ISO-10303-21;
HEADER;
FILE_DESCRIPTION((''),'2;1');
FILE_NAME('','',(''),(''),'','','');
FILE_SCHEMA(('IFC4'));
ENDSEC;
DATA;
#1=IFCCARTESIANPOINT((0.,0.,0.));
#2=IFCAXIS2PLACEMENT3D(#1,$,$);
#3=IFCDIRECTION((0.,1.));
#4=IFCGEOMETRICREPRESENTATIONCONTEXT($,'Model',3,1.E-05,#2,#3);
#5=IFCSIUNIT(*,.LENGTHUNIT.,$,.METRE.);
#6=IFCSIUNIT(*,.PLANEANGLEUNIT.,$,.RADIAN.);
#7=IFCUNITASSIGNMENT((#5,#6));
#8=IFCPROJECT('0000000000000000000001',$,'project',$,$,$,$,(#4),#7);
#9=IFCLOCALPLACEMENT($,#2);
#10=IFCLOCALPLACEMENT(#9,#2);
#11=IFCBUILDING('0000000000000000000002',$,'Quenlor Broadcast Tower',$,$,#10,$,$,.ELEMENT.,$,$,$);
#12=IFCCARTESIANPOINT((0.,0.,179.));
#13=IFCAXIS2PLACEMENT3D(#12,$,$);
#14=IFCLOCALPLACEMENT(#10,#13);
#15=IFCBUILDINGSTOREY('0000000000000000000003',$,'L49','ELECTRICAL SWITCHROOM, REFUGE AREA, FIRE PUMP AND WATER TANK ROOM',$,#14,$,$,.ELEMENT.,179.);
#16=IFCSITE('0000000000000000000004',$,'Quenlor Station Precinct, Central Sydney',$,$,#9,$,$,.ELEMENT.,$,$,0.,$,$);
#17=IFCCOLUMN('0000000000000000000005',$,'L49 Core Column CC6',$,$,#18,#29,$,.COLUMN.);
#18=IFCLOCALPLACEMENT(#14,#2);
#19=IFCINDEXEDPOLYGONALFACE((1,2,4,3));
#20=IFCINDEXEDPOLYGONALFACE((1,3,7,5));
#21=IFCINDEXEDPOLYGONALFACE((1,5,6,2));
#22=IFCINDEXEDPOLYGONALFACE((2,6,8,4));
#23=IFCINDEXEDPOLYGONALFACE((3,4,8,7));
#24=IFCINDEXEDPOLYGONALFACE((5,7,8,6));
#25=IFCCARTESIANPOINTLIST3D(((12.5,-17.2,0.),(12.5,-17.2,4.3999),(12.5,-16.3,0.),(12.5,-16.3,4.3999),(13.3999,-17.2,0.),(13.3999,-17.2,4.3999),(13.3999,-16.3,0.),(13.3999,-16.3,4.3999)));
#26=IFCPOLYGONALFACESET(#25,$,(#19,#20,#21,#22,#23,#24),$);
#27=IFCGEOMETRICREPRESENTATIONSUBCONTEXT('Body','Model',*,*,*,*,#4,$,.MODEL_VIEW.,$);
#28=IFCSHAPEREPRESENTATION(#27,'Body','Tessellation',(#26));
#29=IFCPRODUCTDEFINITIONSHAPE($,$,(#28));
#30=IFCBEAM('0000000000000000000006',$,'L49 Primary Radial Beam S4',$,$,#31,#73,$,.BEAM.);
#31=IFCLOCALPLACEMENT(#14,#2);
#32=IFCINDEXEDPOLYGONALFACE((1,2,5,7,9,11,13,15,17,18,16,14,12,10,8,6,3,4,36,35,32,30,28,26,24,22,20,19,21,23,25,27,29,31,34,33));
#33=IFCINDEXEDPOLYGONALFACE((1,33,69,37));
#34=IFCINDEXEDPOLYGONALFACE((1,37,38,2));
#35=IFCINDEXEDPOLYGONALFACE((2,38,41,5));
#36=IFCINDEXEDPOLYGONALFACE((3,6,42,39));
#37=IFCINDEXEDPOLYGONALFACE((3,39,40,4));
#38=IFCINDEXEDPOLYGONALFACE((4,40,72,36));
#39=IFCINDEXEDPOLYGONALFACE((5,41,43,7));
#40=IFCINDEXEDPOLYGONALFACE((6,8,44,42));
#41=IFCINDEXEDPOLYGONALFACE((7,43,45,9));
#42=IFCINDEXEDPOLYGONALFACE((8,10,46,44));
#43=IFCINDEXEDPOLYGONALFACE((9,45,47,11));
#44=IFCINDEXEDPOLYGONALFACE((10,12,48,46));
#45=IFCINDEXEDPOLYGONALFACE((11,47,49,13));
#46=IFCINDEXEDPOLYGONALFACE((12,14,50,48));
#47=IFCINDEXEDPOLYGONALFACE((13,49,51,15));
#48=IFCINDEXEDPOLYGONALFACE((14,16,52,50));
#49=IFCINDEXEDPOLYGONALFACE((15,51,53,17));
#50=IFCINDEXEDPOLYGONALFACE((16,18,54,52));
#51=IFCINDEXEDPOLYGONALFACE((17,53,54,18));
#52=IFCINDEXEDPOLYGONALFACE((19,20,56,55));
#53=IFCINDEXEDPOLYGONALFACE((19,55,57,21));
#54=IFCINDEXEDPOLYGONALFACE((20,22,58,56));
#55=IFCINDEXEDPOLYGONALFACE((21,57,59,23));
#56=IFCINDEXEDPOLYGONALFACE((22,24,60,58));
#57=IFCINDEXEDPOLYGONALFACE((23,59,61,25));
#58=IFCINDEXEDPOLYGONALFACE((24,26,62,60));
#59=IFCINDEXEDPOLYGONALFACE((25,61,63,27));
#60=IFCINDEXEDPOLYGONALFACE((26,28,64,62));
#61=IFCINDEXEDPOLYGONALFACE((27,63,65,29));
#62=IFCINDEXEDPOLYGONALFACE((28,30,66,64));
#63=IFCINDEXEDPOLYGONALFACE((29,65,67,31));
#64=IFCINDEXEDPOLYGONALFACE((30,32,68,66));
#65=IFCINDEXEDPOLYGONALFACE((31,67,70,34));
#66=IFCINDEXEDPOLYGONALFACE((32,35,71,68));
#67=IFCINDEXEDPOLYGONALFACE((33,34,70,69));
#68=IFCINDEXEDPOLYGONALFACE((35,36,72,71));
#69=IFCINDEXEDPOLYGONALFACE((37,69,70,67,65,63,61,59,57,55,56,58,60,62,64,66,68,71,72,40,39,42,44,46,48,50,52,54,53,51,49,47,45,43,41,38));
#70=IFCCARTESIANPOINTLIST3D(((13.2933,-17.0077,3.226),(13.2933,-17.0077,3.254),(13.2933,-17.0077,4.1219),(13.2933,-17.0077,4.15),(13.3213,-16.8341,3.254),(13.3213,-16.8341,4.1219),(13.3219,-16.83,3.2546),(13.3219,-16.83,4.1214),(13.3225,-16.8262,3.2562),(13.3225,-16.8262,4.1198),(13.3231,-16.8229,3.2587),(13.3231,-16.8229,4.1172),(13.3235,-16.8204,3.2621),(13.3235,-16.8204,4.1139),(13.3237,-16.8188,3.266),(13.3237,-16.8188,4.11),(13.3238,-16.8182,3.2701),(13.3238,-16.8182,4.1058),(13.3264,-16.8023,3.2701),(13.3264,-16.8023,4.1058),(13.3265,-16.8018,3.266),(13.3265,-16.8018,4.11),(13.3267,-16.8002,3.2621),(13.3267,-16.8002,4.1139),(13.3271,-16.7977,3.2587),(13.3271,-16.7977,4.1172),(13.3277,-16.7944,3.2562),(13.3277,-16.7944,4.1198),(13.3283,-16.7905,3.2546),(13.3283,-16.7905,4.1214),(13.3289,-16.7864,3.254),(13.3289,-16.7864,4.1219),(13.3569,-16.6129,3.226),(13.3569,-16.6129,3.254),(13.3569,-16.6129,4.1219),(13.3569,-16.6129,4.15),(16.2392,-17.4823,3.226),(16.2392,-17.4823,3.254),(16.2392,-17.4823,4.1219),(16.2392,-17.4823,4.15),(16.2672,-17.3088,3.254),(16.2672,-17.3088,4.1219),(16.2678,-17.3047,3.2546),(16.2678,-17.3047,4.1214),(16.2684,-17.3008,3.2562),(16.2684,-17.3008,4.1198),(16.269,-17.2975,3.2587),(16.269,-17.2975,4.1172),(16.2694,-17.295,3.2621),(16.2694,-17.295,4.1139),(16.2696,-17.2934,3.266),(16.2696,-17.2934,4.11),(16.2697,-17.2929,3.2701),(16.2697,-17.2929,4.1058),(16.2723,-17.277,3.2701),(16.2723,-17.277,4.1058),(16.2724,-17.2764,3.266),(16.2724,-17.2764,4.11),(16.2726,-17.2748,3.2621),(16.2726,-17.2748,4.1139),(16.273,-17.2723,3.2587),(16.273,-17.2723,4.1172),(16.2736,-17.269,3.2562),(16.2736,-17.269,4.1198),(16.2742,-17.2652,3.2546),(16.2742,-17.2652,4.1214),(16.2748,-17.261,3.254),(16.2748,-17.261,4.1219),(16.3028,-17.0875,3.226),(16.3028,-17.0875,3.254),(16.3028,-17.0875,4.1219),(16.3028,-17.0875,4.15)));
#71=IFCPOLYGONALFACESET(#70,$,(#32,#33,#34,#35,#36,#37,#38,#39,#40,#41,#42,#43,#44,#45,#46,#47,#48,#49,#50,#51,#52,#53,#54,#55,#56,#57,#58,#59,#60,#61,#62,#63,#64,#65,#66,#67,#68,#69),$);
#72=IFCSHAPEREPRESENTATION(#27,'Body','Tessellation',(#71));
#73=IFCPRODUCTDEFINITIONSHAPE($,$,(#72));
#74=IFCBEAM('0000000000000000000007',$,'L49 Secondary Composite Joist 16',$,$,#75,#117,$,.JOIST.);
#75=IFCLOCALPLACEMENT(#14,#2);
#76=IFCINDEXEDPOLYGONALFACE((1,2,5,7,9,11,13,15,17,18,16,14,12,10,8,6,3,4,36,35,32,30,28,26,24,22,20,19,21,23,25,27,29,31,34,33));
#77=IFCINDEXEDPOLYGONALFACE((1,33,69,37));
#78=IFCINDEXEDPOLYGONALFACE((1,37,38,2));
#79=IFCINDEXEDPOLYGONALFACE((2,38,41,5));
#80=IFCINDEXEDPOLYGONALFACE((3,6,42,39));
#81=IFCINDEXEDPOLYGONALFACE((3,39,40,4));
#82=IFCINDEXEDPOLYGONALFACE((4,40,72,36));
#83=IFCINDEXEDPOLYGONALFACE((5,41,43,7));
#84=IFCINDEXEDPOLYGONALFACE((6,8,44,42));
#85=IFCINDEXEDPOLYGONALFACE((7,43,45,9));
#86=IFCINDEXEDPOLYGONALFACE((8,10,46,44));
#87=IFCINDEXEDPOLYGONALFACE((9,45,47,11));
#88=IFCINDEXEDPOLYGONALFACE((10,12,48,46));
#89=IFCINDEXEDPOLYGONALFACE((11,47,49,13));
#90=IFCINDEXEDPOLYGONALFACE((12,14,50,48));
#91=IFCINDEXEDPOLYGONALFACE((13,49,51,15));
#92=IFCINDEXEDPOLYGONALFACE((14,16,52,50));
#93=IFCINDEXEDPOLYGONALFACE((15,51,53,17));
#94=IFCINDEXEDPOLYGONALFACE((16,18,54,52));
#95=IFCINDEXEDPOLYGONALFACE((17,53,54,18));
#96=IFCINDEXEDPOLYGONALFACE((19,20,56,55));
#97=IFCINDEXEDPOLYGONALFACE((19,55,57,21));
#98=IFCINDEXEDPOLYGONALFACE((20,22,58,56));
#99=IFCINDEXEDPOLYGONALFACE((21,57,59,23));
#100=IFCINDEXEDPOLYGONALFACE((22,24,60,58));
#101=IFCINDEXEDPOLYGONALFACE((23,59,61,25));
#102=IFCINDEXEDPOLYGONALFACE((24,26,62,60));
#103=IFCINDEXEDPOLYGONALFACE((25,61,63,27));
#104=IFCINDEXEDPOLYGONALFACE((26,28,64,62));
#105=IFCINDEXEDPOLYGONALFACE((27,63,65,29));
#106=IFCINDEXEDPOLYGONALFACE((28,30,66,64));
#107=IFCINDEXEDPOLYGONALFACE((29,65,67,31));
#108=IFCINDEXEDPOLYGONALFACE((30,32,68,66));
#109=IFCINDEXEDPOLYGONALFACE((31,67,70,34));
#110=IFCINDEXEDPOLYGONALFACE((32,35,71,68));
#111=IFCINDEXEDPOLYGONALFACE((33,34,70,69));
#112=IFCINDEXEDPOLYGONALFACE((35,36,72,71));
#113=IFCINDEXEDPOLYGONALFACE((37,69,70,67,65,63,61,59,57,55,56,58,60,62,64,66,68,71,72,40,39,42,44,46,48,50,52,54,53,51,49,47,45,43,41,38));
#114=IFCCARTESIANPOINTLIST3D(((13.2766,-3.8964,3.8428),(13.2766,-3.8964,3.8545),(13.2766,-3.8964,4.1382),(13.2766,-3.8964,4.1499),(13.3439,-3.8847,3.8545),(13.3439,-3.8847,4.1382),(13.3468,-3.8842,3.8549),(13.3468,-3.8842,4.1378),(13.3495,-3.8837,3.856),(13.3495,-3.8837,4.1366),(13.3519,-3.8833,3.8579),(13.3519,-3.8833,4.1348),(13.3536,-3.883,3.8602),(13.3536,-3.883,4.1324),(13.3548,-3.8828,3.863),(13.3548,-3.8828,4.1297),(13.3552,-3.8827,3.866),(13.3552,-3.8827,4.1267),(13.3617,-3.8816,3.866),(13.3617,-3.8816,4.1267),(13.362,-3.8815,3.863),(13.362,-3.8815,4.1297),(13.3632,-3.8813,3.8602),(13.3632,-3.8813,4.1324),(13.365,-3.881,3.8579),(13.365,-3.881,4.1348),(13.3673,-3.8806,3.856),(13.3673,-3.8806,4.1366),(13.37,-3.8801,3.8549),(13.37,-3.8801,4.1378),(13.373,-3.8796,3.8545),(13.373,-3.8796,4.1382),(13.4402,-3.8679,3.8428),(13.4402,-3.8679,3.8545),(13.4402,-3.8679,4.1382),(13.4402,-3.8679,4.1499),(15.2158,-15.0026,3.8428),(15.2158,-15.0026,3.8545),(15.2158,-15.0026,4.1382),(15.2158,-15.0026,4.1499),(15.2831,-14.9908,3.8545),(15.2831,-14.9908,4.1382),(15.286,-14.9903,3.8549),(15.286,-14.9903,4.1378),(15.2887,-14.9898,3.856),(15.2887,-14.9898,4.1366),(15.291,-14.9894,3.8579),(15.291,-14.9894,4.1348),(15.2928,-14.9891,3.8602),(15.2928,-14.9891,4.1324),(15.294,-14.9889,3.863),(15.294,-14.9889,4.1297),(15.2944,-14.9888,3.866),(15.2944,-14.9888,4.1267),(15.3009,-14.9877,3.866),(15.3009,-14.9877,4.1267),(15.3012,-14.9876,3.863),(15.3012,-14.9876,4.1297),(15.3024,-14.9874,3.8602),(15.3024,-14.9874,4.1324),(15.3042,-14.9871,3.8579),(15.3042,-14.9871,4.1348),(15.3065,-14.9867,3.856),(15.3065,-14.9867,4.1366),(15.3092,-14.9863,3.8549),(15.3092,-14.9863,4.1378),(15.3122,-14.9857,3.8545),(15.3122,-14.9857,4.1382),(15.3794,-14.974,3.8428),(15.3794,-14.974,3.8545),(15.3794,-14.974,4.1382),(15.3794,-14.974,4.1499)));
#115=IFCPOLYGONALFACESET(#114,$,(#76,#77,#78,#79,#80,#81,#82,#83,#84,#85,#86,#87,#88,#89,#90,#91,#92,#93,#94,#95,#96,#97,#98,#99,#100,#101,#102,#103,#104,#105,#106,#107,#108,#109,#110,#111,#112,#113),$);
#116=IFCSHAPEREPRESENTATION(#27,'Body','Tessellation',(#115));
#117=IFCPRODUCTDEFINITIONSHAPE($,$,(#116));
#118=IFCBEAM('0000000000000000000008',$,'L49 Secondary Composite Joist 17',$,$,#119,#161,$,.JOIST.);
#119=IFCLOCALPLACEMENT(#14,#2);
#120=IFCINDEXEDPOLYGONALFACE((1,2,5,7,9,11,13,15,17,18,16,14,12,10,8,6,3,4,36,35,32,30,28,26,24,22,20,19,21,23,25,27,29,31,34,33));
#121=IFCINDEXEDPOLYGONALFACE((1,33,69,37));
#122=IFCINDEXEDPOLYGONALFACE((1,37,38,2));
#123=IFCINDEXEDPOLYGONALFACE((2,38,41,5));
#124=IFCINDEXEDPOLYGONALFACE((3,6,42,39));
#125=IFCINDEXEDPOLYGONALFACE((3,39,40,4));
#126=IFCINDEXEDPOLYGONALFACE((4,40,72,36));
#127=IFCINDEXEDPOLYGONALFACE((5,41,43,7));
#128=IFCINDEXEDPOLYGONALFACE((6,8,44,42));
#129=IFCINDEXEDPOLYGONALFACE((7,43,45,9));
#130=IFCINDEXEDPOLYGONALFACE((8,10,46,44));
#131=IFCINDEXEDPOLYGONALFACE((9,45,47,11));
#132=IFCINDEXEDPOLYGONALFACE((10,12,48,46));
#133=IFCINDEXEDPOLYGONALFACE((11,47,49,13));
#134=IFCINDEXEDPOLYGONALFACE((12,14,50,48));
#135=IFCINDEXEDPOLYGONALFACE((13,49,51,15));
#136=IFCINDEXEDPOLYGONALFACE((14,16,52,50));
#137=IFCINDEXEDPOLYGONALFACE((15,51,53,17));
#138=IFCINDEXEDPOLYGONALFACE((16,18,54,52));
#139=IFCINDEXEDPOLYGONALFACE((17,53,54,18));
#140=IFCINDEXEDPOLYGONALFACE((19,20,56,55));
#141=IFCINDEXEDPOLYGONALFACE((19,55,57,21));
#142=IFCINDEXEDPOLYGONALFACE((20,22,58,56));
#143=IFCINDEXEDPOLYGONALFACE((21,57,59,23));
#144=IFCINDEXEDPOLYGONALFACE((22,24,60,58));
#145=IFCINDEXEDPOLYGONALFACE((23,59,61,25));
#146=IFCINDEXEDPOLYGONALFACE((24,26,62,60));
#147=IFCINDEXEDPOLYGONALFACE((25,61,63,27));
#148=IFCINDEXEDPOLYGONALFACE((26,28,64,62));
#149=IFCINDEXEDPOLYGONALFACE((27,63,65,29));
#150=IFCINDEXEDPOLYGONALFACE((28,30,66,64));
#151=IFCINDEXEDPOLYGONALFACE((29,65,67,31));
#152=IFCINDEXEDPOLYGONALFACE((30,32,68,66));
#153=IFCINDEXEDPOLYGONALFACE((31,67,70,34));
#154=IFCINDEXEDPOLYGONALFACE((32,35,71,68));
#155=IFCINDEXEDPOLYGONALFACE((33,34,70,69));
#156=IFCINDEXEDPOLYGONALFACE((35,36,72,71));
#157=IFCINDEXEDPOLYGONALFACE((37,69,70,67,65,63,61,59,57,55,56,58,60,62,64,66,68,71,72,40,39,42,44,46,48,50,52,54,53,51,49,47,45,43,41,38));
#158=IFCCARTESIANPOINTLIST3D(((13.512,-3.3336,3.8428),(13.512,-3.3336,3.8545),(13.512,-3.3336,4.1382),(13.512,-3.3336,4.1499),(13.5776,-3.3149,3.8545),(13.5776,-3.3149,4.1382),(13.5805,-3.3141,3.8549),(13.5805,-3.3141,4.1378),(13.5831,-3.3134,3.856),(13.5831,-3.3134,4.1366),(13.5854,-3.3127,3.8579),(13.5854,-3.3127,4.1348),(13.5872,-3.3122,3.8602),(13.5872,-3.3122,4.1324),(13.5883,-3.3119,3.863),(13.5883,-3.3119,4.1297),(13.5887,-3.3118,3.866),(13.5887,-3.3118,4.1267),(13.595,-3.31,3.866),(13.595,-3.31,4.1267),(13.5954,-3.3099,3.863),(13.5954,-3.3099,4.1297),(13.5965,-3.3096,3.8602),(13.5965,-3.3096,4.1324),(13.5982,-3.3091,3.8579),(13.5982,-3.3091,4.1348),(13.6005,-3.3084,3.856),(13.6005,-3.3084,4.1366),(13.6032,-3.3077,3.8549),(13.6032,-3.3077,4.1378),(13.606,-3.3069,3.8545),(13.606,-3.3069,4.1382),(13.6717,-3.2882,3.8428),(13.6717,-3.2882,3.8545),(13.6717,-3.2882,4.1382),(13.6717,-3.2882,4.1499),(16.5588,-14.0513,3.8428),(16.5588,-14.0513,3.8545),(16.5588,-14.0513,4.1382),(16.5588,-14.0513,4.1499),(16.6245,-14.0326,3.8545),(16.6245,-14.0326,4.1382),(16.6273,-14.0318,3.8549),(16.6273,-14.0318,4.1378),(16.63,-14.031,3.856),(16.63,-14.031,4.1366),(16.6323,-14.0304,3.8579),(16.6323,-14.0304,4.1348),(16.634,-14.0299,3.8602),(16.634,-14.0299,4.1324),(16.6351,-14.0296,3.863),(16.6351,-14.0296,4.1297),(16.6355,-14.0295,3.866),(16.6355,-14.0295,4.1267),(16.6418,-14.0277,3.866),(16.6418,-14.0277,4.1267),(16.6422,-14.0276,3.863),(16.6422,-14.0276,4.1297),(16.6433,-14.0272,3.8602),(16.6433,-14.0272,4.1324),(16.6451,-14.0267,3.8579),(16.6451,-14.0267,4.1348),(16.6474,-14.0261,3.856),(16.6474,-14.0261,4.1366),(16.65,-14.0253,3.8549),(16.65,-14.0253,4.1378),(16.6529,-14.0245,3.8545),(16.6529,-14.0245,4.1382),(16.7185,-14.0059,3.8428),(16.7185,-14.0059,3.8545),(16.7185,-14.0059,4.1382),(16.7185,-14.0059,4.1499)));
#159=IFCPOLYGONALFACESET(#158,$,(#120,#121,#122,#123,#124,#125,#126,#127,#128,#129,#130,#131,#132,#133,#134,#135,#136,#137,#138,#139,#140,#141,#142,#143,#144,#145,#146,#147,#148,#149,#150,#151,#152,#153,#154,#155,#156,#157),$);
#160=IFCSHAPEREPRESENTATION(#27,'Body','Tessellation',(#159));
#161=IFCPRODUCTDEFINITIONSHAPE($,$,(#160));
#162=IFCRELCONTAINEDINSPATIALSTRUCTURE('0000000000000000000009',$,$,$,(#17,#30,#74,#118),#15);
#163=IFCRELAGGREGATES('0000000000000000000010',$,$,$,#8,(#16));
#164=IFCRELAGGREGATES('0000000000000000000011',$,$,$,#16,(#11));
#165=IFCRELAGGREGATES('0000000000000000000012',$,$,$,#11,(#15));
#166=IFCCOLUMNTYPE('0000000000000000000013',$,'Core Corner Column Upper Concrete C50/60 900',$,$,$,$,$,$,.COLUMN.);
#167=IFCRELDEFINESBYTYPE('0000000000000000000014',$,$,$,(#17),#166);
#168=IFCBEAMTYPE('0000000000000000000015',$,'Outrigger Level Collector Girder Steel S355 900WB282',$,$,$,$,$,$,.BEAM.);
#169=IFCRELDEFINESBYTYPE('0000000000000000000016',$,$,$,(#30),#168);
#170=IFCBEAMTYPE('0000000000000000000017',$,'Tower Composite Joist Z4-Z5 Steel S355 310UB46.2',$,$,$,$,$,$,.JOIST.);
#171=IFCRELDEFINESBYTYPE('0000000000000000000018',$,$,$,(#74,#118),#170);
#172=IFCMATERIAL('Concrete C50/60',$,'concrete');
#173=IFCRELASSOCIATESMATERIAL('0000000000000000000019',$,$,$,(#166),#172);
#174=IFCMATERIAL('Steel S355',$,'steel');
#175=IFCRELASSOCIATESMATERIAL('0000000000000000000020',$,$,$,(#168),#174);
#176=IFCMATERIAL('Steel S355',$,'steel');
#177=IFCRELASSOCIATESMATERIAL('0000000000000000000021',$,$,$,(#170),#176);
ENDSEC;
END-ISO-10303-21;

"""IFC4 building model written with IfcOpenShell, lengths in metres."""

from ifc_helpers import new_model, si_unit, direction, frame, origin, origin_2d, place, context, subcontext, project, spatial, rectangle, i_section, extrude, material, material_profile, profile_set, type_object, element, save


model = new_model("IFC4")

# Units and contexts
model_context = context("Model", 3, precision=1e-05, world=origin(), true_north=direction((0.0, 1.0)))
body_context = subcontext(model_context, "Body", "Model", "MODEL_VIEW")
ifc_project = project(units=[si_unit("LENGTHUNIT", "METRE"), si_unit("PLANEANGLEUNIT", "RADIAN")], contexts=[model_context])

# Site, building, storey
site_placement = place(None, origin())
site = spatial("IfcSite", under=ifc_project, at=site_placement, Name="Quenlor Station Precinct, Central Sydney", CompositionType="ELEMENT", RefElevation=0.0)
building_placement = place(site_placement, origin())
building = spatial("IfcBuilding", under=site, at=building_placement, Name="Quenlor Broadcast Tower", CompositionType="ELEMENT")
storey_placement = place(building_placement, frame((0.0, 0.0, 179.0)))
storey = spatial("IfcBuildingStorey", under=building, at=storey_placement, Name="L49", Description="ELECTRICAL SWITCHROOM, REFUGE AREA, FIRE PUMP AND WATER TANK ROOM", CompositionType="ELEMENT", Elevation=179.0)

# Column
ifc_material_1 = material(Name="Concrete C50/60", Category="concrete")
ifc_material_profile_1 = material_profile(ifc_material_1, rectangle(XDim=0.8999, YDim=0.8999, at=origin_2d()))
ifc_profile_set_1 = profile_set([ifc_material_profile_1], Name="Concrete C50/60 RC900x900")
column_type = type_object("IfcColumnType", Name="Core Corner Column Upper Concrete C50/60 900", PredefinedType="COLUMN", material=ifc_profile_set_1)
column_placement = place(storey_placement, frame((12.95, -16.75, 0.0), z_axis=(0.0, 0.0, 1.0), x_axis=(1.0, 0.0, 0.0)))
element("IfcColumn", 1, at=column_placement, inside=storey, type_object=column_type, Name="L49 Core Column CC6", PredefinedType="COLUMN", context=body_context, shape_type="SweptSolid", body=[
    extrude(rectangle(XDim=0.8999, YDim=0.8999, at=origin_2d()), origin(), (0.0, 0.0, 1.0), 4.3999),
])

# Beams
ifc_material_2 = material(Name="Steel S355", Category="steel")
ifc_material_profile_2 = material_profile(ifc_material_2, i_section(OverallWidth=0.3999, OverallDepth=0.9241, WebThickness=0.0161, FlangeThickness=0.0281, FilletRadius=0.0161, at=origin_2d()))
ifc_profile_set_2 = profile_set([ifc_material_profile_2], Name="Steel S355 900WB282")
beam_type_1 = type_object("IfcBeamType", Name="Outrigger Level Collector Girder Steel S355 900WB282", PredefinedType="BEAM", material=ifc_profile_set_2)
beam_1_placement = place(storey_placement, frame((16.271, -17.2849, 3.688), z_axis=(-0.987268, 0.159063, 0.0), x_axis=(-0.159063, -0.987268, 0.0)))
element("IfcBeam", 2, at=beam_1_placement, inside=storey, type_object=beam_type_1, Name="L49 Primary Radial Beam S4", PredefinedType="BEAM", context=body_context, shape_type="SweptSolid", body=[
    extrude(i_section(OverallWidth=0.3999, OverallDepth=0.9241, WebThickness=0.0161, FlangeThickness=0.0281, FilletRadius=0.0161, at=origin_2d()), origin(), (0.0, 0.0, 1.0), 2.9839),
])
ifc_material_3 = material(Name="Steel S355", Category="steel")
ifc_material_profile_3 = material_profile(ifc_material_3, i_section(OverallWidth=0.166, OverallDepth=0.3071, WebThickness=0.0066, FlangeThickness=0.0117, FilletRadius=0.0115, at=origin_2d()))
ifc_profile_set_3 = profile_set([ifc_material_profile_3], Name="Steel S355 310UB46.2")
beam_type_2 = type_object("IfcBeamType", Name="Tower Composite Joist Z4-Z5 Steel S355 310UB46.2", PredefinedType="JOIST", material=ifc_profile_set_3)
beam_2_placement = place(storey_placement, frame((15.2976, -14.9883, 3.9963), z_axis=(-0.172004, 0.985096, 0.0), x_axis=(-0.985096, -0.172004, 0.0)))
element("IfcBeam", 3, at=beam_2_placement, inside=storey, type_object=beam_type_2, Name="L49 Secondary Composite Joist 16", PredefinedType="JOIST", context=body_context, shape_type="SweptSolid", body=[
    extrude(i_section(OverallWidth=0.166, OverallDepth=0.3071, WebThickness=0.0066, FlangeThickness=0.0117, FilletRadius=0.0115, at=origin_2d()), origin(), (0.0, 0.0, 1.0), 11.2742),
])
beam_3_placement = place(storey_placement, frame((16.6387, -14.0286, 3.9963), z_axis=(-0.273448, 0.961887, 0.0), x_axis=(-0.961887, -0.273448, 0.0)))
element("IfcBeam", 4, at=beam_3_placement, inside=storey, type_object=beam_type_2, Name="L49 Secondary Composite Joist 17", PredefinedType="JOIST", context=body_context, shape_type="SweptSolid", body=[
    extrude(i_section(OverallWidth=0.166, OverallDepth=0.3071, WebThickness=0.0066, FlangeThickness=0.0117, FilletRadius=0.0115, at=origin_2d()), origin(), (0.0, 0.0, 1.0), 11.1423),
])

save(model, "model.ifc")
